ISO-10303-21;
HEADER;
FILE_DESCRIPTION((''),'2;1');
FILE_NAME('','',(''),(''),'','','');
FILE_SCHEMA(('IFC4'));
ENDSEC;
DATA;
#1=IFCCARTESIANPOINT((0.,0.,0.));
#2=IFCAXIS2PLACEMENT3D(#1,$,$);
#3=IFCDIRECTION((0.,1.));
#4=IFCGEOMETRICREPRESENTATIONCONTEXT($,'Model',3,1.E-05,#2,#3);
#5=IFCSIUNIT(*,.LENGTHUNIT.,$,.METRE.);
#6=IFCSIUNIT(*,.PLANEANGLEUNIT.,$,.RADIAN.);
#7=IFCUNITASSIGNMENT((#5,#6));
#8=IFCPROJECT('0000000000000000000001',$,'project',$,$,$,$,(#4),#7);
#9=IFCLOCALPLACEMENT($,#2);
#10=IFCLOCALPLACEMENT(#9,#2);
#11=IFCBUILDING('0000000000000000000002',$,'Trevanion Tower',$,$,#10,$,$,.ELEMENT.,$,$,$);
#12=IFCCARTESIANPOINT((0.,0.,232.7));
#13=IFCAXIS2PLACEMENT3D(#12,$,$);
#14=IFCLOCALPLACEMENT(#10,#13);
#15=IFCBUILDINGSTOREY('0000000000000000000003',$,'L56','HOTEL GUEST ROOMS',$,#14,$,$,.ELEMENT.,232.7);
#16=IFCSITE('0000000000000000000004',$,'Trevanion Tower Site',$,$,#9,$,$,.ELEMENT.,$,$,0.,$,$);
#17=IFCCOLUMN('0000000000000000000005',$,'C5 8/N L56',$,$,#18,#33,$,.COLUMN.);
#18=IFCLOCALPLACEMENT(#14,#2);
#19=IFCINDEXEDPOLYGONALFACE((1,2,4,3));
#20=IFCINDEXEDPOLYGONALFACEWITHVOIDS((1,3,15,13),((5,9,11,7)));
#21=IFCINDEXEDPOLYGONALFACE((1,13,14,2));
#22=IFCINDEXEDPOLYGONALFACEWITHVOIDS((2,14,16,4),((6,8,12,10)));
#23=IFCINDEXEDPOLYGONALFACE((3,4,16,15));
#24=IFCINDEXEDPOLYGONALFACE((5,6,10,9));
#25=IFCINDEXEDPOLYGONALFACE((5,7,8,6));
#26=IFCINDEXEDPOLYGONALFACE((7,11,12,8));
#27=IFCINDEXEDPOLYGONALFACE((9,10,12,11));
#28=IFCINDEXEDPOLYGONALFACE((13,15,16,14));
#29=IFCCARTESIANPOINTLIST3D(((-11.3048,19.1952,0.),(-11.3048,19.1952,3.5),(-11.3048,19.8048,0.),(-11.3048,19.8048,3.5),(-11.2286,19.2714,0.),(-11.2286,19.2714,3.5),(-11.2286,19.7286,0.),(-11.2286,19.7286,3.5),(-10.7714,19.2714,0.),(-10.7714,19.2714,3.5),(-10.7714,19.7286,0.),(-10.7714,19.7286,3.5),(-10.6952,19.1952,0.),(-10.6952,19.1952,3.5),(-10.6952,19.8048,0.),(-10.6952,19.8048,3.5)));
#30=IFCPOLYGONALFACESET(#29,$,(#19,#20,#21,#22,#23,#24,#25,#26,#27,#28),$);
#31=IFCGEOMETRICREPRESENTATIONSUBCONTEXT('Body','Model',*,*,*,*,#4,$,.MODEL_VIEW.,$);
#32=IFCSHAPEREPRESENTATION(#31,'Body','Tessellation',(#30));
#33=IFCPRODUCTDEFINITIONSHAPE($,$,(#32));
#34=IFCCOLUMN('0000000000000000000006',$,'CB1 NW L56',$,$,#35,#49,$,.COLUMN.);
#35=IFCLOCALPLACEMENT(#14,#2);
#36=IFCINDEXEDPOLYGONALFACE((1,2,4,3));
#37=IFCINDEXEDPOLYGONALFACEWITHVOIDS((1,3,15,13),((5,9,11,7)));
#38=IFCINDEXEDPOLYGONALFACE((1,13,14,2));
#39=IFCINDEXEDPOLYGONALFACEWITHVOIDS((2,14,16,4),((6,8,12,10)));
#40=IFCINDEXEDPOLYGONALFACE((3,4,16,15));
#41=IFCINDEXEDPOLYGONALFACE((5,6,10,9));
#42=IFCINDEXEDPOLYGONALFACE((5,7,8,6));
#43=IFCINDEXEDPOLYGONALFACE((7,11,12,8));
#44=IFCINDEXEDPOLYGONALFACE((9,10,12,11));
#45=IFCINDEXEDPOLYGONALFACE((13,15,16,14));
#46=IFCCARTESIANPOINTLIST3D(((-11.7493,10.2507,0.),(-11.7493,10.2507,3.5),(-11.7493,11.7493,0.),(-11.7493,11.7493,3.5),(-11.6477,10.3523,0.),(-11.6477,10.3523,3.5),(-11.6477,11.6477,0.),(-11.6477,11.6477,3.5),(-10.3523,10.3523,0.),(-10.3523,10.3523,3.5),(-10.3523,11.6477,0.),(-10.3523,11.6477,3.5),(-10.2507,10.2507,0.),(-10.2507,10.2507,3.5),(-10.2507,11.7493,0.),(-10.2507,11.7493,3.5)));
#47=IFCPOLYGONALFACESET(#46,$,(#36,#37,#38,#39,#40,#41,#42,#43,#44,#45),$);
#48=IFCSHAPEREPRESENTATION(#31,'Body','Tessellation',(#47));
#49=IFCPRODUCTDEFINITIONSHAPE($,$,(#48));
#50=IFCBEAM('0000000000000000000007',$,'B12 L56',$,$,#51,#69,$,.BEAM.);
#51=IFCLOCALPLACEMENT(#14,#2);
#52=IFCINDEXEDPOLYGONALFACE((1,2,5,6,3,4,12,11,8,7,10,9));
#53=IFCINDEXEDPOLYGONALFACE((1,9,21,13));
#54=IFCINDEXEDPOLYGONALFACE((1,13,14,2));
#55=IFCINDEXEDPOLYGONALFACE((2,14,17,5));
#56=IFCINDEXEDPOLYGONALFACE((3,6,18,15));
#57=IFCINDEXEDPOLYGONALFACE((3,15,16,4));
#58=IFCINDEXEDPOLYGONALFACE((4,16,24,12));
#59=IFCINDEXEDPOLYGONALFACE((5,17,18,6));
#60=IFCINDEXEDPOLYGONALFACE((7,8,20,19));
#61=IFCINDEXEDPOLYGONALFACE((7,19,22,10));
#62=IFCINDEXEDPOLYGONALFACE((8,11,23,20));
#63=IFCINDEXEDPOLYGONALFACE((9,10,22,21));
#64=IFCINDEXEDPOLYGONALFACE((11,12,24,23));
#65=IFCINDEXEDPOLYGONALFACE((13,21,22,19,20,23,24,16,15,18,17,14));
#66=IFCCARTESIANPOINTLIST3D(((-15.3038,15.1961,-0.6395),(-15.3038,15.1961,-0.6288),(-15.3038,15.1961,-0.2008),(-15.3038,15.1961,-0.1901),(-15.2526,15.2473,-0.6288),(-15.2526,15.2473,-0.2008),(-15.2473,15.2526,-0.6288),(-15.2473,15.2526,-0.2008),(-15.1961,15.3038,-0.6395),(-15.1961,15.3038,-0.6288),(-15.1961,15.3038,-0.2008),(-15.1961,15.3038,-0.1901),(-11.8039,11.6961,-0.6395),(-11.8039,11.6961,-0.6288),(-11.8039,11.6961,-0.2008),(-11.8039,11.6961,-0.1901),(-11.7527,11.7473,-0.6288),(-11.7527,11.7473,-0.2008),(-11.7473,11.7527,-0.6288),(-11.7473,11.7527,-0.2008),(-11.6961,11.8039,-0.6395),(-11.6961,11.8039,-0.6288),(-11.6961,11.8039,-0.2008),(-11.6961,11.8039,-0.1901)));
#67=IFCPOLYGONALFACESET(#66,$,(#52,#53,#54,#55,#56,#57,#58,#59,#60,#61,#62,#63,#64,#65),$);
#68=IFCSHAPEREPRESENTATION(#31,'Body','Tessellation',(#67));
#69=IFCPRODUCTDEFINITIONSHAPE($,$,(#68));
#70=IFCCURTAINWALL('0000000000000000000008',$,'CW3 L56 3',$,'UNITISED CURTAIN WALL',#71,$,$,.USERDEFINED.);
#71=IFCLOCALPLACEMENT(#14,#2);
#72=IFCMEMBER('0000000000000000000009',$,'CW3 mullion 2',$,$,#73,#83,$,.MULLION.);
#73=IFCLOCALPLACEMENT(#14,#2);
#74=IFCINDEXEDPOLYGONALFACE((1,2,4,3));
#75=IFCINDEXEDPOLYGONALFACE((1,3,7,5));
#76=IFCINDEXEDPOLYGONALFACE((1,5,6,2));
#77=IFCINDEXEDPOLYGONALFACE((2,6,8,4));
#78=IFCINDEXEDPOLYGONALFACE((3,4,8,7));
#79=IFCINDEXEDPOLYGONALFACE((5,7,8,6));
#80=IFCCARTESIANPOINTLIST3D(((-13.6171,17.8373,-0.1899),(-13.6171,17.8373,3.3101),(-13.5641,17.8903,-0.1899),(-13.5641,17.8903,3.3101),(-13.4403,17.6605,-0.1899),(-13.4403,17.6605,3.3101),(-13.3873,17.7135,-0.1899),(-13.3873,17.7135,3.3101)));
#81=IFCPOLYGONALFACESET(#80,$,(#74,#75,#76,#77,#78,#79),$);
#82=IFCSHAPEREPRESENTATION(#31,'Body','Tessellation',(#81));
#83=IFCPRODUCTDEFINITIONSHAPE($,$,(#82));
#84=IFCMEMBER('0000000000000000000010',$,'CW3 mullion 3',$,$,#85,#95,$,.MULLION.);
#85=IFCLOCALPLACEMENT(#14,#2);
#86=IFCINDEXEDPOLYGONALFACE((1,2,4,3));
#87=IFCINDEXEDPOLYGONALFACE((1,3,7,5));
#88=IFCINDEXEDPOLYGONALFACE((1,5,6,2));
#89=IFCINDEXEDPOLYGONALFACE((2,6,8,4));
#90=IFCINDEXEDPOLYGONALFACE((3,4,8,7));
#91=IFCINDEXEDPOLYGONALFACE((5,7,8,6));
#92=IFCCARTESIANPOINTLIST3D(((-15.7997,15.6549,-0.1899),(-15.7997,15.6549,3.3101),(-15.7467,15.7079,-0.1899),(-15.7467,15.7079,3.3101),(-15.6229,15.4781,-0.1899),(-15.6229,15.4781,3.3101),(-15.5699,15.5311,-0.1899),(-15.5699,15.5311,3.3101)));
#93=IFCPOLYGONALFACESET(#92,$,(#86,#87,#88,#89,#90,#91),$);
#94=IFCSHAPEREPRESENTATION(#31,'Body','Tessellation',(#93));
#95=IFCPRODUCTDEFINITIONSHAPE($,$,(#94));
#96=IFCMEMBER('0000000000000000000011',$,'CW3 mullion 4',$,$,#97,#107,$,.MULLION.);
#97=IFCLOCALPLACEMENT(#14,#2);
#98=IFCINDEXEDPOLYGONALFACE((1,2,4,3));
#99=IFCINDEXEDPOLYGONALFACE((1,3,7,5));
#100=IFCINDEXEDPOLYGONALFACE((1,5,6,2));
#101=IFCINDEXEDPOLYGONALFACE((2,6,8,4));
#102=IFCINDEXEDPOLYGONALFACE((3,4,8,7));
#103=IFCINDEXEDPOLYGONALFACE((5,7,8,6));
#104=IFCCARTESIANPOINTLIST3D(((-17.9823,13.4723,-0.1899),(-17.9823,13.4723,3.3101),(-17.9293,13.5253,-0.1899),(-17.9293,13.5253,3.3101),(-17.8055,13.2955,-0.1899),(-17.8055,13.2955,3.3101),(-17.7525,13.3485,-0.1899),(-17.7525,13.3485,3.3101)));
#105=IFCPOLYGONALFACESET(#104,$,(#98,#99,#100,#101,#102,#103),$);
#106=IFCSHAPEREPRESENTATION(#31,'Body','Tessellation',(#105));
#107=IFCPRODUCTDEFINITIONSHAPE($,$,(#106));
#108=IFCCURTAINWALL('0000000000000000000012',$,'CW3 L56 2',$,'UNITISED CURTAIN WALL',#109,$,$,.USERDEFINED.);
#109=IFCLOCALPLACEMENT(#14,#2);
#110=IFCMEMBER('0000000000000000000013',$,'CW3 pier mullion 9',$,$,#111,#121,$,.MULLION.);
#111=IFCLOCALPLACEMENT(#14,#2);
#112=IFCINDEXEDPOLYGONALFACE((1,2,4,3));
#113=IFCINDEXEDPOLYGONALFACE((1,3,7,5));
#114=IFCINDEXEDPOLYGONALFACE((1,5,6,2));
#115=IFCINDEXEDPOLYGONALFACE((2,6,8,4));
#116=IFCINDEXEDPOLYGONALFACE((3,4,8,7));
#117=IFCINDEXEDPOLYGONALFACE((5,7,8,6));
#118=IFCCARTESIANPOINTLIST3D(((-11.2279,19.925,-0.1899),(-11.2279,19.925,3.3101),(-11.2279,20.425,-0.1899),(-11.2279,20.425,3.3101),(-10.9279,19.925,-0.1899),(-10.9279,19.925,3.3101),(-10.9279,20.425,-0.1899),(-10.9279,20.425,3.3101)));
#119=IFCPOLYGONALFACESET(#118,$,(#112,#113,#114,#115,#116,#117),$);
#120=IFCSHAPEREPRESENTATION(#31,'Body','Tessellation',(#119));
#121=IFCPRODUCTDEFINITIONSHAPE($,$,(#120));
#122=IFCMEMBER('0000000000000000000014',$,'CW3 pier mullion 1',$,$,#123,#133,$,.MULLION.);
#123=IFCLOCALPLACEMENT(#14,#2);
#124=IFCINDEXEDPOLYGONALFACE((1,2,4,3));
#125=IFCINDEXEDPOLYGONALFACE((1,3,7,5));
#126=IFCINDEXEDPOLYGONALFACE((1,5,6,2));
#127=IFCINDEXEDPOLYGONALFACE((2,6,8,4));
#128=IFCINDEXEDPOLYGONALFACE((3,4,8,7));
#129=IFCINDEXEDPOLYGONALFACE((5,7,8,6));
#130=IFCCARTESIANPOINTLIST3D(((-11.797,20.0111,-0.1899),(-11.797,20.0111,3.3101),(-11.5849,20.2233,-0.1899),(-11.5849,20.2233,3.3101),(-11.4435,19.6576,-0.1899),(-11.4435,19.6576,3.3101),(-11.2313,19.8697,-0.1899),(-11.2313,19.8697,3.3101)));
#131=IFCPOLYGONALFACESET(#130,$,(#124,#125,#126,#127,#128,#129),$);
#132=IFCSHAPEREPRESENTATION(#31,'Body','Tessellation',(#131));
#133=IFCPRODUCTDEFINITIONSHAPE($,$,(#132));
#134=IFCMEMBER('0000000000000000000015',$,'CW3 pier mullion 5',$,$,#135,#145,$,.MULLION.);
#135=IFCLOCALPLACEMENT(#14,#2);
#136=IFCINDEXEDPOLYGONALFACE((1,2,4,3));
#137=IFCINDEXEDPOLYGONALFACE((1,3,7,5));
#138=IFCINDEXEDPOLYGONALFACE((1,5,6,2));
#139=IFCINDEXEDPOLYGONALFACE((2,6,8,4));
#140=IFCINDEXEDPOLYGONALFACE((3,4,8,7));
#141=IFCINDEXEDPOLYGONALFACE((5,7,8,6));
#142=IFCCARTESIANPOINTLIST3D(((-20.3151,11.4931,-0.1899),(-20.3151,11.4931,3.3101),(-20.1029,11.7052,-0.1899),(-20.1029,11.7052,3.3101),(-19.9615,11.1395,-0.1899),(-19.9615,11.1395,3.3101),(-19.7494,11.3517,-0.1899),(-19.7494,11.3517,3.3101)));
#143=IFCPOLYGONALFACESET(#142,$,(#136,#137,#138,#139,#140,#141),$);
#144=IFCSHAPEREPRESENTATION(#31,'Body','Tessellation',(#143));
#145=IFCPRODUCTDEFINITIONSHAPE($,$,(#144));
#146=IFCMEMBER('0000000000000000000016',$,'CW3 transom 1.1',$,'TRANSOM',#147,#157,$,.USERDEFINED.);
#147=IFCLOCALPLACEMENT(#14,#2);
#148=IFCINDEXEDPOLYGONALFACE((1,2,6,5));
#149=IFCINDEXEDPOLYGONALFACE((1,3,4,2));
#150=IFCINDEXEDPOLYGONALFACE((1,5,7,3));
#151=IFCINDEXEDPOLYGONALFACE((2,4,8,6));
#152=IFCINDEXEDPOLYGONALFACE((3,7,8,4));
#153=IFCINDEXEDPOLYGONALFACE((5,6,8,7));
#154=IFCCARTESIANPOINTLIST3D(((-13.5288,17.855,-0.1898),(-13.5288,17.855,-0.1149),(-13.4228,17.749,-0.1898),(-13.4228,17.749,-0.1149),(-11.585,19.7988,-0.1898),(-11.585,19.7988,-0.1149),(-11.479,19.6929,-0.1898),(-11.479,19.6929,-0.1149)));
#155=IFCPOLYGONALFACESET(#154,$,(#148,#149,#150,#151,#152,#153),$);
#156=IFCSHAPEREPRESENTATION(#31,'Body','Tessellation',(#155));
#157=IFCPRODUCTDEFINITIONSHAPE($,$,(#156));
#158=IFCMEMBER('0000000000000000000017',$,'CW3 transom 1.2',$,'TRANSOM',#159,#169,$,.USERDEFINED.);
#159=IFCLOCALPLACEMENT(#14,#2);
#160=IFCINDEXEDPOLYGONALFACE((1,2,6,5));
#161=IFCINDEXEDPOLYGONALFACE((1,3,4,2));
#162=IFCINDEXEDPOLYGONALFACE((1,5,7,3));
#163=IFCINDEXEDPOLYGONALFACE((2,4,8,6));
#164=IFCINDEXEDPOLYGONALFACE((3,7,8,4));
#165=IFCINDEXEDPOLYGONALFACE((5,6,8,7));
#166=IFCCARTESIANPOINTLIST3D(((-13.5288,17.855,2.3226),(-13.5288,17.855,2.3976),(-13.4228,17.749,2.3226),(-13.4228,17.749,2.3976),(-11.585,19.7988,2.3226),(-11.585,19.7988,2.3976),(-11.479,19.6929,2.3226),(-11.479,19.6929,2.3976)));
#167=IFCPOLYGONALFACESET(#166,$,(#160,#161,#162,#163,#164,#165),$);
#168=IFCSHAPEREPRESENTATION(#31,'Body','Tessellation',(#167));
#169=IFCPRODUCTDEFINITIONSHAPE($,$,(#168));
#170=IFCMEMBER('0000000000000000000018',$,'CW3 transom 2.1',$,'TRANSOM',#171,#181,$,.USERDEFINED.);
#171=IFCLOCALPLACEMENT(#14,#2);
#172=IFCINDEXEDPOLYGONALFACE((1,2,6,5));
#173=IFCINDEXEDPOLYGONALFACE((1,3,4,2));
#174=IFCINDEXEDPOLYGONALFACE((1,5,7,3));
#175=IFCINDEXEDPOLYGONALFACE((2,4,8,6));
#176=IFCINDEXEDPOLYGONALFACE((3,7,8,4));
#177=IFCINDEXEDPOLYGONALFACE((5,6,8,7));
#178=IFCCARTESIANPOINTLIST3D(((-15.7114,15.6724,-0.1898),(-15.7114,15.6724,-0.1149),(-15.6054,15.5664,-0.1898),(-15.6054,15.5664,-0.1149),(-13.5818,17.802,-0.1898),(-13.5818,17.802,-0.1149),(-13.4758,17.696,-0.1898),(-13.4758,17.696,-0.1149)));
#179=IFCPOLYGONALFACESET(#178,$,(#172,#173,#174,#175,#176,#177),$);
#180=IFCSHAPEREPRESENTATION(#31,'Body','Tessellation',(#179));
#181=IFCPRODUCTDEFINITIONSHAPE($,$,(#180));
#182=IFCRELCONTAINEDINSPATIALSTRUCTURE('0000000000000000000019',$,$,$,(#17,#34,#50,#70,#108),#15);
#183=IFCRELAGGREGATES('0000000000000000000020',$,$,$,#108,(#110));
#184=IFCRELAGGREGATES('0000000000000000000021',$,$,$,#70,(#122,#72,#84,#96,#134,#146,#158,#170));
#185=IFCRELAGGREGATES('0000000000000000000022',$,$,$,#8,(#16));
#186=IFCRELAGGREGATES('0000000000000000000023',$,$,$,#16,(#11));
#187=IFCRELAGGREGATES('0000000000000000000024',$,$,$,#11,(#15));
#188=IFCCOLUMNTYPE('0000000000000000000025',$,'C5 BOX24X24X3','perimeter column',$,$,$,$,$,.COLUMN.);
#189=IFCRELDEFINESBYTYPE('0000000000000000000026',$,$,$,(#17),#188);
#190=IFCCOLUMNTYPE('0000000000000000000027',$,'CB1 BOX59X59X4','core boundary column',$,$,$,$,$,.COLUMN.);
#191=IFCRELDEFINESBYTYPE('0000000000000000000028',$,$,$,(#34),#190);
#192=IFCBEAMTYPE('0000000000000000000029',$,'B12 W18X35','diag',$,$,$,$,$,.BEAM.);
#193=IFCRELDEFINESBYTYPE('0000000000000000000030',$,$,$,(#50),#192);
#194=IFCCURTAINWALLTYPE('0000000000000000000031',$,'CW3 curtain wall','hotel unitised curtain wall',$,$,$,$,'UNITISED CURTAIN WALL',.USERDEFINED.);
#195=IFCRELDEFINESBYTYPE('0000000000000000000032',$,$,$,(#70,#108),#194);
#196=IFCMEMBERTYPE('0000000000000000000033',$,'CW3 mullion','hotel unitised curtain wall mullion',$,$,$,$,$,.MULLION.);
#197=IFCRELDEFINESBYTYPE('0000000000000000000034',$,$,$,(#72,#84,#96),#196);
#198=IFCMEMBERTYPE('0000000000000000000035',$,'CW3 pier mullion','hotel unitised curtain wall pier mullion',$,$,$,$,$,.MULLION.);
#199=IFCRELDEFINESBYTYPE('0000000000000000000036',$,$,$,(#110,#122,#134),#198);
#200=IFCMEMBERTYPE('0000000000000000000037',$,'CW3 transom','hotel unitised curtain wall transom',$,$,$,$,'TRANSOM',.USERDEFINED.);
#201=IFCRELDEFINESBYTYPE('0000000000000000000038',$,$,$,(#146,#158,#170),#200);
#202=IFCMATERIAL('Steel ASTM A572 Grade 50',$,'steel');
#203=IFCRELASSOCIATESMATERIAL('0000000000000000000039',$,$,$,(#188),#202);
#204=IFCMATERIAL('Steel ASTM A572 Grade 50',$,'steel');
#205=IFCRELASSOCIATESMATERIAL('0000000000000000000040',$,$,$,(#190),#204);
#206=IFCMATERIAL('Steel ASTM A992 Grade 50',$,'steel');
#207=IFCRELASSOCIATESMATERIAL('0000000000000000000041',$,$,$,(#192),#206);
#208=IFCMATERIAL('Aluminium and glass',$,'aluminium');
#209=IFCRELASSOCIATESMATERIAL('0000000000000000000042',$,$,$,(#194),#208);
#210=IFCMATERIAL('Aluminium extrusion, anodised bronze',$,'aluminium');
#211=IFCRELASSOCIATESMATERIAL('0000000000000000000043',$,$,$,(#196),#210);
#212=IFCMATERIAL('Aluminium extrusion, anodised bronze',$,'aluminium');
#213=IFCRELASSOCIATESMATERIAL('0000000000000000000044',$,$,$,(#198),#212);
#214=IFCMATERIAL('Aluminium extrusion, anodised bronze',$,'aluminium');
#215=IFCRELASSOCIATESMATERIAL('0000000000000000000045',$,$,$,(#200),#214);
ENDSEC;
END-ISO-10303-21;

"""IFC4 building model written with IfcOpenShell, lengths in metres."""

from ifc_helpers import new_model, si_unit, direction, frame, origin, origin_2d, place, context, subcontext, project, spatial, rectangle, hollow_rectangle, i_section, extrude, material, material_profile, profile_set, type_object, element, aggregate, save


model = new_model("IFC4")

# Units and contexts
model_context = context("Model", 3, precision=1e-05, world=origin(), true_north=direction((0.0, 1.0)))
body_context = subcontext(model_context, "Body", "Model", "MODEL_VIEW")
ifc_project = project(units=[si_unit("LENGTHUNIT", "METRE"), si_unit("PLANEANGLEUNIT", "RADIAN")], contexts=[model_context])

# Site, building, storey
site_placement = place(None, origin())
site = spatial("IfcSite", under=ifc_project, at=site_placement, Name="Trevanion Tower Site", CompositionType="ELEMENT", RefElevation=0.0)
building_placement = place(site_placement, origin())
building = spatial("IfcBuilding", under=site, at=building_placement, Name="Trevanion Tower", CompositionType="ELEMENT")
storey_placement = place(building_placement, frame((0.0, 0.0, 232.7)))
storey = spatial("IfcBuildingStorey", under=building, at=storey_placement, Name="L56", Description="HOTEL GUEST ROOMS", CompositionType="ELEMENT", Elevation=232.7)

# Columns
ifc_material_1 = material(Name="Steel ASTM A572 Grade 50", Category="steel")
ifc_material_profile_1 = material_profile(ifc_material_1, hollow_rectangle(XDim=0.6096, YDim=0.6096, WallThickness=0.0762, at=origin_2d()), Name="BOX24X24X3")
ifc_profile_set_1 = profile_set([ifc_material_profile_1], Name="Steel ASTM A572 Grade 50")
column_type_1 = type_object("IfcColumnType", Name="C5 BOX24X24X3", Description="perimeter column", PredefinedType="COLUMN", material=ifc_profile_set_1)
column_1_placement = place(storey_placement, frame((-11.0, 19.5, 0.0), z_axis=(0.0, 0.0, 1.0), x_axis=(1.0, 0.0, 0.0)))
element("IfcColumn", 1, at=column_1_placement, inside=storey, type_object=column_type_1, Name="C5 8/N L56", PredefinedType="COLUMN", context=body_context, shape_type="SweptSolid", body=[
    extrude(hollow_rectangle(XDim=0.6096, YDim=0.6096, WallThickness=0.0762, at=origin_2d()), origin(), (0.0, 0.0, 1.0), 3.5),
])
ifc_material_2 = material(Name="Steel ASTM A572 Grade 50", Category="steel")
ifc_material_profile_2 = material_profile(ifc_material_2, hollow_rectangle(XDim=1.4985, YDim=1.4985, WallThickness=0.1016, at=origin_2d()), Name="BOX59X59X4")
ifc_profile_set_2 = profile_set([ifc_material_profile_2], Name="Steel ASTM A572 Grade 50")
column_type_2 = type_object("IfcColumnType", Name="CB1 BOX59X59X4", Description="core boundary column", PredefinedType="COLUMN", material=ifc_profile_set_2)
column_2_placement = place(storey_placement, frame((-11.0, 11.0, 0.0), z_axis=(0.0, 0.0, 1.0), x_axis=(1.0, 0.0, 0.0)))
element("IfcColumn", 2, at=column_2_placement, inside=storey, type_object=column_type_2, Name="CB1 NW L56", PredefinedType="COLUMN", context=body_context, shape_type="SweptSolid", body=[
    extrude(hollow_rectangle(XDim=1.4985, YDim=1.4985, WallThickness=0.1016, at=origin_2d()), origin(), (0.0, 0.0, 1.0), 3.5),
])

# Beam
ifc_material_3 = material(Name="Steel ASTM A992 Grade 50", Category="steel")
ifc_material_profile_3 = material_profile(ifc_material_3, i_section(OverallWidth=0.1523, OverallDepth=0.4495, WebThickness=0.0076, FlangeThickness=0.0107, at=origin_2d()), Name="W18X35")
ifc_profile_set_3 = profile_set([ifc_material_profile_3], Name="Steel ASTM A992 Grade 50")
beam_type_1 = type_object("IfcBeamType", Name="B12 W18X35", Description="diag", PredefinedType="BEAM", material=ifc_profile_set_3)
beam_1_placement = place(storey_placement, frame((-11.75, 11.75, -0.4148), z_axis=(-0.707107, 0.707107, 0.0), x_axis=(-0.707107, -0.707107, 0.0)))
element("IfcBeam", 3, at=beam_1_placement, inside=storey, type_object=beam_type_1, Name="B12 L56", PredefinedType="BEAM", context=body_context, shape_type="SweptSolid", body=[
    extrude(i_section(OverallWidth=0.1523, OverallDepth=0.4495, WebThickness=0.0076, FlangeThickness=0.0107, at=origin_2d()), origin(), (0.0, 0.0, 1.0), 4.9497),
])

# Curtain wall, members
ifc_material_4 = material(Name="Aluminium and glass", Category="aluminium")
curtain_wall_type = type_object("IfcCurtainWallType", Name="CW3 curtain wall", Description="hotel unitised curtain wall", ElementType="UNITISED CURTAIN WALL", PredefinedType="USERDEFINED", material=ifc_material_4)
curtain_wall_1_placement = place(storey_placement, origin())
curtain_wall_1 = element("IfcCurtainWall", 4, at=curtain_wall_1_placement, inside=storey, type_object=curtain_wall_type, Name="CW3 L56 3", ObjectType="UNITISED CURTAIN WALL", PredefinedType="USERDEFINED")
ifc_material_5 = material(Name="Aluminium extrusion, anodised bronze", Category="aluminium")
ifc_material_profile_4 = material_profile(ifc_material_5, rectangle(XDim=0.075, YDim=0.25, at=origin_2d()), Name="CW3 mullion")
ifc_profile_set_4 = profile_set([ifc_material_profile_4], Name="Aluminium extrusion, anodised bronze")
member_type_1 = type_object("IfcMemberType", Name="CW3 mullion", Description="hotel unitised curtain wall mullion", PredefinedType="MULLION", material=ifc_profile_set_4)
member_1_placement = place(storey_placement, frame((-13.5022, 17.7754, -0.1899), z_axis=(0.0, 0.0, 1.0), x_axis=(-0.707107, -0.707107, 0.0)))
member_1 = element("IfcMember", 5, at=member_1_placement, type_object=member_type_1, Name="CW3 mullion 2", PredefinedType="MULLION", context=body_context, shape_type="SweptSolid", body=[
    extrude(rectangle(XDim=0.075, YDim=0.25, at=origin_2d()), origin(), (0.0, 0.0, 1.0), 3.5),
])
member_2_placement = place(storey_placement, frame((-15.6848, 15.593, -0.1899), z_axis=(0.0, 0.0, 1.0), x_axis=(-0.707107, -0.707107, 0.0)))
member_2 = element("IfcMember", 6, at=member_2_placement, type_object=member_type_1, Name="CW3 mullion 3", PredefinedType="MULLION", context=body_context, shape_type="SweptSolid", body=[
    extrude(rectangle(XDim=0.075, YDim=0.25, at=origin_2d()), origin(), (0.0, 0.0, 1.0), 3.5),
])
member_3_placement = place(storey_placement, frame((-17.8674, 13.4104, -0.1899), z_axis=(0.0, 0.0, 1.0), x_axis=(-0.707107, -0.707107, 0.0)))
member_3 = element("IfcMember", 7, at=member_3_placement, type_object=member_type_1, Name="CW3 mullion 4", PredefinedType="MULLION", context=body_context, shape_type="SweptSolid", body=[
    extrude(rectangle(XDim=0.075, YDim=0.25, at=origin_2d()), origin(), (0.0, 0.0, 1.0), 3.5),
])

# Curtain wall, member
curtain_wall_2_placement = place(storey_placement, origin())
curtain_wall_2 = element("IfcCurtainWall", 8, at=curtain_wall_2_placement, inside=storey, type_object=curtain_wall_type, Name="CW3 L56 2", ObjectType="UNITISED CURTAIN WALL", PredefinedType="USERDEFINED")
ifc_material_6 = material(Name="Aluminium extrusion, anodised bronze", Category="aluminium")
ifc_material_profile_5 = material_profile(ifc_material_6, rectangle(XDim=0.3, YDim=0.5, at=origin_2d()), Name="CW3 pier mullion")
ifc_profile_set_5 = profile_set([ifc_material_profile_5], Name="Aluminium extrusion, anodised bronze")
member_type_2 = type_object("IfcMemberType", Name="CW3 pier mullion", Description="hotel unitised curtain wall pier mullion", PredefinedType="MULLION", material=ifc_profile_set_5)
member_4_placement = place(storey_placement, frame((-11.0779, 20.175, -0.1899), z_axis=(0.0, 0.0, 1.0), x_axis=(-1.0, 0.0, 0.0)))
member_4 = element("IfcMember", 9, at=member_4_placement, type_object=member_type_2, Name="CW3 pier mullion 9", PredefinedType="MULLION", context=body_context, shape_type="SweptSolid", body=[
    extrude(rectangle(XDim=0.3, YDim=0.5, at=origin_2d()), origin(), (0.0, 0.0, 1.0), 3.5),
])
aggregate(curtain_wall_2, [member_4])

# Members
member_5_placement = place(storey_placement, frame((-11.5142, 19.9404, -0.1899), z_axis=(0.0, 0.0, 1.0), x_axis=(-0.707107, -0.707107, 0.0)))
member_5 = element("IfcMember", 10, at=member_5_placement, type_object=member_type_2, Name="CW3 pier mullion 1", PredefinedType="MULLION", context=body_context, shape_type="SweptSolid", body=[
    extrude(rectangle(XDim=0.3, YDim=0.5, at=origin_2d()), origin(), (0.0, 0.0, 1.0), 3.5),
])
member_6_placement = place(storey_placement, frame((-20.0322, 11.4224, -0.1899), z_axis=(0.0, 0.0, 1.0), x_axis=(-0.707107, -0.707107, 0.0)))
member_6 = element("IfcMember", 11, at=member_6_placement, type_object=member_type_2, Name="CW3 pier mullion 5", PredefinedType="MULLION", context=body_context, shape_type="SweptSolid", body=[
    extrude(rectangle(XDim=0.3, YDim=0.5, at=origin_2d()), origin(), (0.0, 0.0, 1.0), 3.5),
])
ifc_material_7 = material(Name="Aluminium extrusion, anodised bronze", Category="aluminium")
ifc_material_profile_6 = material_profile(ifc_material_7, rectangle(XDim=0.1499, YDim=0.075, at=origin_2d()), Name="CW3 transom")
ifc_profile_set_6 = profile_set([ifc_material_profile_6], Name="Aluminium extrusion, anodised bronze")
member_type_3 = type_object("IfcMemberType", Name="CW3 transom", Description="hotel unitised curtain wall transom", ElementType="TRANSOM", PredefinedType="USERDEFINED", material=ifc_profile_set_6)
member_7_placement = place(storey_placement, frame((-11.532, 19.7458, -0.1523), z_axis=(-0.707107, -0.707107, 0.0), x_axis=(0.707107, -0.707107, 0.0)))
member_7 = element("IfcMember", 12, at=member_7_placement, type_object=member_type_3, Name="CW3 transom 1.1", ObjectType="TRANSOM", PredefinedType="USERDEFINED", context=body_context, shape_type="SweptSolid", body=[
    extrude(rectangle(XDim=0.1499, YDim=0.075, at=origin_2d()), origin(), (0.0, 0.0, 1.0), 2.749),
])
member_8_placement = place(storey_placement, frame((-11.532, 19.7458, 2.3601), z_axis=(-0.707107, -0.707107, 0.0), x_axis=(0.707107, -0.707107, 0.0)))
member_8 = element("IfcMember", 13, at=member_8_placement, type_object=member_type_3, Name="CW3 transom 1.2", ObjectType="TRANSOM", PredefinedType="USERDEFINED", context=body_context, shape_type="SweptSolid", body=[
    extrude(rectangle(XDim=0.1499, YDim=0.075, at=origin_2d()), origin(), (0.0, 0.0, 1.0), 2.749),
])
member_9_placement = place(storey_placement, frame((-13.5288, 17.749, -0.1523), z_axis=(-0.707107, -0.707107, 0.0), x_axis=(0.707107, -0.707107, 0.0)))
member_9 = element("IfcMember", 14, at=member_9_placement, type_object=member_type_3, Name="CW3 transom 2.1", ObjectType="TRANSOM", PredefinedType="USERDEFINED", context=body_context, shape_type="SweptSolid", body=[
    extrude(rectangle(XDim=0.1499, YDim=0.075, at=origin_2d()), origin(), (0.0, 0.0, 1.0), 3.0117),
])

aggregate(curtain_wall_1, [member_5, member_1, member_2, member_3, member_6, member_7, member_8, member_9])

save(model, "model.ifc")
